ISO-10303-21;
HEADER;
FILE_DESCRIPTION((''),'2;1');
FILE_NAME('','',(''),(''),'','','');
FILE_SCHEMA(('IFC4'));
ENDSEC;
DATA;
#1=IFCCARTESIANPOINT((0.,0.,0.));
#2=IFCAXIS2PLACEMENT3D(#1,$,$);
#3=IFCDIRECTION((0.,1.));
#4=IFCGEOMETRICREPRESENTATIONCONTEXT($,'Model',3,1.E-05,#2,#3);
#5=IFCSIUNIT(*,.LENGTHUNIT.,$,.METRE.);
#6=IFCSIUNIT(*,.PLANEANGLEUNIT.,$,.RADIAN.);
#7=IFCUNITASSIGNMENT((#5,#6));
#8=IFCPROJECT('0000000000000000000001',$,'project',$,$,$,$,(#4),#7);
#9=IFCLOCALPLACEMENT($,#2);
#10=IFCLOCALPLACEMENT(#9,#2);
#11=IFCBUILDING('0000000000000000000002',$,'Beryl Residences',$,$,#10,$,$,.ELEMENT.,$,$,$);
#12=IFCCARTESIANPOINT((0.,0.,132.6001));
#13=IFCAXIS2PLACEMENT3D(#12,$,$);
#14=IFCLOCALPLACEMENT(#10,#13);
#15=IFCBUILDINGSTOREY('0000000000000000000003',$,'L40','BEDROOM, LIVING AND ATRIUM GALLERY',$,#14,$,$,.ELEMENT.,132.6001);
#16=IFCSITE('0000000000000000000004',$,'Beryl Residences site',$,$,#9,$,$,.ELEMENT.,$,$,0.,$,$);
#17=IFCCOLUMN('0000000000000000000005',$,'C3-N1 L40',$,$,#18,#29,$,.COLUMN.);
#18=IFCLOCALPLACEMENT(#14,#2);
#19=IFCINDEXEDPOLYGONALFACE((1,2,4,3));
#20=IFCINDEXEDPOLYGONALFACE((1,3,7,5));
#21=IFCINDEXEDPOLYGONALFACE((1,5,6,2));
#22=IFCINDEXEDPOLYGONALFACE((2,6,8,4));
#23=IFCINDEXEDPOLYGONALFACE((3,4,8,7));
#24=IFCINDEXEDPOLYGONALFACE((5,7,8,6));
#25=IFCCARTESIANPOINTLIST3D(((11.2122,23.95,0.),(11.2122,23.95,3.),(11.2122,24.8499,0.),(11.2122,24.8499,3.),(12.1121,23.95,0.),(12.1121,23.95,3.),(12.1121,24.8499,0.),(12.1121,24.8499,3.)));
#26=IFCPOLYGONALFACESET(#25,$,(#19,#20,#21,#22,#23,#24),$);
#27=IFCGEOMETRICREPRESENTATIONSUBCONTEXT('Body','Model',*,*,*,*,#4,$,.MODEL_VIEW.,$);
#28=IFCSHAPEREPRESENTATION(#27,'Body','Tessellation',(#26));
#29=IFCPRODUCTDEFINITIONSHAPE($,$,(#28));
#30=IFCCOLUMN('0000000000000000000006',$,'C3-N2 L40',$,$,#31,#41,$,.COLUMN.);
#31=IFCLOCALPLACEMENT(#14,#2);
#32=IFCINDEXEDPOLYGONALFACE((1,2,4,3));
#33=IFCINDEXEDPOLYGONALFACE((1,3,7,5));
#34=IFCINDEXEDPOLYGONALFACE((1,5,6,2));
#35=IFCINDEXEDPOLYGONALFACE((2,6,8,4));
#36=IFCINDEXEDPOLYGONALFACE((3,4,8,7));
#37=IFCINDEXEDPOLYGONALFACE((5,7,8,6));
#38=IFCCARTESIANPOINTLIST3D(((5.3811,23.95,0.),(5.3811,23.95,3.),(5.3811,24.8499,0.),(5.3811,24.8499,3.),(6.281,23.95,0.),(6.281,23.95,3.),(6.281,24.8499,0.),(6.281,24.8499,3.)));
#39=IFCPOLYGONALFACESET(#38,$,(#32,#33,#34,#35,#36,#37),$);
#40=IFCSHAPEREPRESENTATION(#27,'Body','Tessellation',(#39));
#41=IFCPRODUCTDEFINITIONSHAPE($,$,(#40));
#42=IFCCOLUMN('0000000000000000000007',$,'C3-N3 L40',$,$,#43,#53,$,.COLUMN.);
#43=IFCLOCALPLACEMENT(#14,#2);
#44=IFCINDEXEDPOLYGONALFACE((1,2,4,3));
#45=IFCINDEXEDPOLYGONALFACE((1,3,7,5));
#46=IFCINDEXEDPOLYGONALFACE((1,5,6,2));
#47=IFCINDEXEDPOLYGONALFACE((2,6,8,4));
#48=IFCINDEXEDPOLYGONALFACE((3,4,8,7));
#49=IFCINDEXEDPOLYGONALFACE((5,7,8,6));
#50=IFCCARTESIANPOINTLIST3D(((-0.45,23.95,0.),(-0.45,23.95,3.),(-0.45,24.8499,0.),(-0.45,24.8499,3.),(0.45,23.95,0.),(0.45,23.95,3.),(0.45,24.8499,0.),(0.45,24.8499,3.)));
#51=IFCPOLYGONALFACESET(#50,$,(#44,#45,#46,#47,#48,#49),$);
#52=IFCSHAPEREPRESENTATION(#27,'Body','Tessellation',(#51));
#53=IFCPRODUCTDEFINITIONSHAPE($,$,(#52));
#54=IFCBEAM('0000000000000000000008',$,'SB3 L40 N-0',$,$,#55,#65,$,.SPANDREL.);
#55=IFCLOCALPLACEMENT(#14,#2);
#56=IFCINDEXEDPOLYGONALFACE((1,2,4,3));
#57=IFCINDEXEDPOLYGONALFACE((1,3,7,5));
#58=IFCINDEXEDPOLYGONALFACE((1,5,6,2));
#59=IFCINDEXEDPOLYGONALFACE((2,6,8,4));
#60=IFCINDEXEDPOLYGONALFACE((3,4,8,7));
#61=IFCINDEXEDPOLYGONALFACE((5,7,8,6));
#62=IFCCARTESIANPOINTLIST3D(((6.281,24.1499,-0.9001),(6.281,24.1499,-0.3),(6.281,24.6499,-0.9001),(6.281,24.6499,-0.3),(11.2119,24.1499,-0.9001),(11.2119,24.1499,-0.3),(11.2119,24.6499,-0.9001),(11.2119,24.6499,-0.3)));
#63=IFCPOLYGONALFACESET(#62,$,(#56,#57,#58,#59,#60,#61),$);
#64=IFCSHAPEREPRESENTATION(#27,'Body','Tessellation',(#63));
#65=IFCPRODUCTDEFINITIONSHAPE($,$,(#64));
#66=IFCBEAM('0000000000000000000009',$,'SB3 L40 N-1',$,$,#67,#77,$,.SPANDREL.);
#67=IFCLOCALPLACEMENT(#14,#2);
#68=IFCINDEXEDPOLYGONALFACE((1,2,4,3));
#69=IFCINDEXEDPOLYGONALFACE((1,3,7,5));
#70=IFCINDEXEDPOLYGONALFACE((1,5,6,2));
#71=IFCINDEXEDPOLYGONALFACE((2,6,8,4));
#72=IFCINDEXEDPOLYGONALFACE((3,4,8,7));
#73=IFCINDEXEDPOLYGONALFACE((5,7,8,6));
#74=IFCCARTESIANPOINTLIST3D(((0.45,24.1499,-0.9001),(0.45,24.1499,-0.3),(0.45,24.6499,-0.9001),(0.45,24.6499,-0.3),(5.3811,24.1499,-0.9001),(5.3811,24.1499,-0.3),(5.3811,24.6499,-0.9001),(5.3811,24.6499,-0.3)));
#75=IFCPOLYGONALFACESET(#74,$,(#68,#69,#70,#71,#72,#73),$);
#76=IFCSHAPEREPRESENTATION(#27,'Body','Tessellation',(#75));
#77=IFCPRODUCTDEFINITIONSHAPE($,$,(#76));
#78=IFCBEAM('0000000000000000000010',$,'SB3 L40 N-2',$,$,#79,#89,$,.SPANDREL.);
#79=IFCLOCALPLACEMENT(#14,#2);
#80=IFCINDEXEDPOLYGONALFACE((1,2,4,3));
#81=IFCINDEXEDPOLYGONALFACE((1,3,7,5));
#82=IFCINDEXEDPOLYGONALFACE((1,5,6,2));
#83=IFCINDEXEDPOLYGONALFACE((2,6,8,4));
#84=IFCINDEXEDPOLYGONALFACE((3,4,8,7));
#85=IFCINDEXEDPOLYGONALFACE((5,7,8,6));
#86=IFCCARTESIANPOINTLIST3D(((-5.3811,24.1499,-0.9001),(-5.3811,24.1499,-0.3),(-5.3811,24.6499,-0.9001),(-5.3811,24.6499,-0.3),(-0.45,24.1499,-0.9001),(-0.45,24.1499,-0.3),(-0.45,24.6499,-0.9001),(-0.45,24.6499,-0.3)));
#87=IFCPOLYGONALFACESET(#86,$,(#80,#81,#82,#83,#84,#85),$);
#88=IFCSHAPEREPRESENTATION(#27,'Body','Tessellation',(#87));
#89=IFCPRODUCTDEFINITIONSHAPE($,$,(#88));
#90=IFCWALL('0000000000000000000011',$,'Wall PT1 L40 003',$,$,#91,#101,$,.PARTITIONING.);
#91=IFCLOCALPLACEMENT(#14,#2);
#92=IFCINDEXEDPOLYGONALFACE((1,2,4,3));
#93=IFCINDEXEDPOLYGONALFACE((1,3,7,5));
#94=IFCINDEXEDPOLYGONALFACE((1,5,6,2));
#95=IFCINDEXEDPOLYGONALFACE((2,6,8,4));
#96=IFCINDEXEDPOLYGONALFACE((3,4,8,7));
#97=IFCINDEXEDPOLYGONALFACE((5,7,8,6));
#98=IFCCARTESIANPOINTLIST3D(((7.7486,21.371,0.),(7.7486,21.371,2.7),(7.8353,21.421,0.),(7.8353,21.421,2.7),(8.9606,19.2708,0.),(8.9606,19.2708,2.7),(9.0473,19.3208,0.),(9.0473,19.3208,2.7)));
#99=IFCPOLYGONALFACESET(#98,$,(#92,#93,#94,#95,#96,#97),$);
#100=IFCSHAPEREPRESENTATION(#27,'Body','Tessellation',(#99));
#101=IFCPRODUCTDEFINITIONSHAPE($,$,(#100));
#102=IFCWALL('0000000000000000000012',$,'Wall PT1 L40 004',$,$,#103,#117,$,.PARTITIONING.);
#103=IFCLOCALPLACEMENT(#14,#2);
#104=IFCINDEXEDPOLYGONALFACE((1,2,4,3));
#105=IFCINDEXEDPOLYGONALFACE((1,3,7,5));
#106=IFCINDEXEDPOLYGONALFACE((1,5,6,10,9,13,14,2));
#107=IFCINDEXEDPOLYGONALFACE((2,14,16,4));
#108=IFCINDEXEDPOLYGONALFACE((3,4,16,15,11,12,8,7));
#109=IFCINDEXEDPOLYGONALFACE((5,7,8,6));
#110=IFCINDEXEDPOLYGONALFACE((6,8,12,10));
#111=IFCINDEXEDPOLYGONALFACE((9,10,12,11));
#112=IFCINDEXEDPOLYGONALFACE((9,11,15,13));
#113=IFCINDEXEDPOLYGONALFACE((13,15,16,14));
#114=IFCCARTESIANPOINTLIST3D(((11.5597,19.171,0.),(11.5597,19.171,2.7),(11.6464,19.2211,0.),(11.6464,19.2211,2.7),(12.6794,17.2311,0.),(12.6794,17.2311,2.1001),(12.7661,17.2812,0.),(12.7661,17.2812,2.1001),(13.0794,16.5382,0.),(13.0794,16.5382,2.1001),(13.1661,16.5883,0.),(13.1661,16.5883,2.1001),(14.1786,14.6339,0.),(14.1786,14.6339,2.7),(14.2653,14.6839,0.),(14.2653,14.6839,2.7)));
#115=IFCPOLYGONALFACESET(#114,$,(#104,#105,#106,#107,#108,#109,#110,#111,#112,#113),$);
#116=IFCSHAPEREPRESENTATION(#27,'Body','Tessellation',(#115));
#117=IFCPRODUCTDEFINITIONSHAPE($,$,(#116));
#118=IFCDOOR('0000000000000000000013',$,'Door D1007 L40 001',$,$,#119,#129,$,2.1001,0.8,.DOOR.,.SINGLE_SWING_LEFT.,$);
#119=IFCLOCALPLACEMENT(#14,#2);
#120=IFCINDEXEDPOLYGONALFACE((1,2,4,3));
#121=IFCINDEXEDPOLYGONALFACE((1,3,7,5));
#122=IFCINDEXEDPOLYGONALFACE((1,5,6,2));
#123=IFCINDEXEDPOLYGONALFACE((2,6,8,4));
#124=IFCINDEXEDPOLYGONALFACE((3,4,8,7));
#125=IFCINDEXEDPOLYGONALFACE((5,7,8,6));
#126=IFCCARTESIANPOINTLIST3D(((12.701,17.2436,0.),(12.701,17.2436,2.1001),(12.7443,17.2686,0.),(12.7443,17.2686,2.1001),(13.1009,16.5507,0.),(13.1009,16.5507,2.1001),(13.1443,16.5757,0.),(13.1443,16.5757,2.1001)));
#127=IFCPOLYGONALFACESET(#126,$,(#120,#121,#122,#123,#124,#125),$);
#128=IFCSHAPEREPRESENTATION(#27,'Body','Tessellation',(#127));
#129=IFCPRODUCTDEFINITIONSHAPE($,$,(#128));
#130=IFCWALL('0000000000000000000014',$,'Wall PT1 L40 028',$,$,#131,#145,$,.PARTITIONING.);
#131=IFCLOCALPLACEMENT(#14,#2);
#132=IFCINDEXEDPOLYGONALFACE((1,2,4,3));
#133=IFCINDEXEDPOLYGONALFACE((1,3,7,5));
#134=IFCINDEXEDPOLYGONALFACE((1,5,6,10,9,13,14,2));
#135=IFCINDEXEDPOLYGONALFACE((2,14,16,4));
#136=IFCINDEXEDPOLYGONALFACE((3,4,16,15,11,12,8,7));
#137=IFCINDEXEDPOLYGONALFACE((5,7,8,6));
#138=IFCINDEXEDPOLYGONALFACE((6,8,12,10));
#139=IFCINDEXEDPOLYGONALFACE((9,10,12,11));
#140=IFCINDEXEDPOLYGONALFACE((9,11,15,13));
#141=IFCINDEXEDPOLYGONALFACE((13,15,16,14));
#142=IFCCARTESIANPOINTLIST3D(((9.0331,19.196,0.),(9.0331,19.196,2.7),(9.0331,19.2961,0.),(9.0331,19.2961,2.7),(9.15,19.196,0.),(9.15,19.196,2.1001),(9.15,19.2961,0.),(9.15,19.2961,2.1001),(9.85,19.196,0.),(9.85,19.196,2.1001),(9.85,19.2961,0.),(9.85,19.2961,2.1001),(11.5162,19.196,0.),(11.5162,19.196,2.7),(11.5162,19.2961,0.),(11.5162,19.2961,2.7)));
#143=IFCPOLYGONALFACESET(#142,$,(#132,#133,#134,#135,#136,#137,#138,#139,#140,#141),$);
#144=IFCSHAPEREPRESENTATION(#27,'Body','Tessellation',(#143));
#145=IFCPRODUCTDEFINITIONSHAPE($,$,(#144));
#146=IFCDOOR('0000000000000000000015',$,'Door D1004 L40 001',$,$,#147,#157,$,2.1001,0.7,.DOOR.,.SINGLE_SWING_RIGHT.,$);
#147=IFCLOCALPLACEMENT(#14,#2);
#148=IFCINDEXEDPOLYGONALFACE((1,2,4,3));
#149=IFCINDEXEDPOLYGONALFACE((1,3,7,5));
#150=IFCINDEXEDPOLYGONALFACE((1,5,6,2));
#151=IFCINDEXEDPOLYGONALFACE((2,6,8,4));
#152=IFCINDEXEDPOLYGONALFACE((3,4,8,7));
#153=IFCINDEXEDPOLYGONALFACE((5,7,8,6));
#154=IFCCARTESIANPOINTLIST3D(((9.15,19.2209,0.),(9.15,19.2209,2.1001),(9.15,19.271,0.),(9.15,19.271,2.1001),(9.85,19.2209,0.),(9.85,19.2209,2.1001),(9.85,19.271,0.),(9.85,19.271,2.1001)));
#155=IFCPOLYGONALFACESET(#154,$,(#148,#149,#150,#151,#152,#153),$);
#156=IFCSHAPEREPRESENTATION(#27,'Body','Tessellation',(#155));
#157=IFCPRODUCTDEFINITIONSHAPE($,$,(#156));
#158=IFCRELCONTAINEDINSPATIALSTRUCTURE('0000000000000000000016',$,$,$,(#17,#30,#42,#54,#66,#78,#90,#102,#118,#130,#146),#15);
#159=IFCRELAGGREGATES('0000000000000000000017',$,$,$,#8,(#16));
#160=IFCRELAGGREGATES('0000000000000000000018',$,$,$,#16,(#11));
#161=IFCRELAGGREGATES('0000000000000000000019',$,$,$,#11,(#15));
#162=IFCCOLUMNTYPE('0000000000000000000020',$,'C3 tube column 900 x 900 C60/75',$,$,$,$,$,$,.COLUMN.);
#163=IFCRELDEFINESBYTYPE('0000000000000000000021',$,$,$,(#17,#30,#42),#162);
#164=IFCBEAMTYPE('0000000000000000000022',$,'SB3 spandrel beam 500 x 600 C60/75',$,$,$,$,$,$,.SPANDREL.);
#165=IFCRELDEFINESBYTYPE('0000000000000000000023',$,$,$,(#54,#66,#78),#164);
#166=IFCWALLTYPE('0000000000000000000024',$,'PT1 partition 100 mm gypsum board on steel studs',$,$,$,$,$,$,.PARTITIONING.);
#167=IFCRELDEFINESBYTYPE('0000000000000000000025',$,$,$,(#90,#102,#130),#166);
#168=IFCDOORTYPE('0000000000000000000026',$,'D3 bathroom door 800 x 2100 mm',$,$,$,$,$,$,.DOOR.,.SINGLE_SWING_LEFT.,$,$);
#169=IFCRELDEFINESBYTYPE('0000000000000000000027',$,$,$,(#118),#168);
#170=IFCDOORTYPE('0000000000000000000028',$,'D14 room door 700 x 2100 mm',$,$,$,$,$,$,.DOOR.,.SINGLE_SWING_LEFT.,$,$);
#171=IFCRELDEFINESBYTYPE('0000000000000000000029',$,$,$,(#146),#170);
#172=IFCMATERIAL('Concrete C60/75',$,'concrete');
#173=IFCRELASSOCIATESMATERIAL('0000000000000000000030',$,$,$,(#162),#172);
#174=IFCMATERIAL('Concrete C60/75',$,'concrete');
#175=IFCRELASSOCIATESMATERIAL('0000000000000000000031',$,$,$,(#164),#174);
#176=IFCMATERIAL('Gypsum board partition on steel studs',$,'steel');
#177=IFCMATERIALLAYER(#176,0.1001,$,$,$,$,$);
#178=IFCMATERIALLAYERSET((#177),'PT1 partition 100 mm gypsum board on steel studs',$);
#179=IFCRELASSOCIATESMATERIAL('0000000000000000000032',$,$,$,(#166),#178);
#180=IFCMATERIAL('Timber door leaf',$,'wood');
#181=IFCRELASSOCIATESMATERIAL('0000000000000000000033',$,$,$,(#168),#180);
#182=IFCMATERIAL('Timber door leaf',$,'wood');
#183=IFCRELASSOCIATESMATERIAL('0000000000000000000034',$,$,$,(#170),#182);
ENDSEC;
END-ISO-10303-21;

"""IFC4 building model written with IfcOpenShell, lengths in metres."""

from ifc_helpers import new_model, si_unit, direction, frame, frame_2d, origin, origin_2d, place, context, subcontext, project, spatial, rectangle, extrude, material, layer, layer_set, material_profile, profile_set, type_object, element, fill, save


model = new_model("IFC4")

# Units and contexts
model_context = context("Model", 3, precision=1e-05, world=origin(), true_north=direction((0.0, 1.0)))
body_context = subcontext(model_context, "Body", "Model", "MODEL_VIEW")
ifc_project = project(units=[si_unit("LENGTHUNIT", "METRE"), si_unit("PLANEANGLEUNIT", "RADIAN")], contexts=[model_context])

# Site, building, storey
site_placement = place(None, origin())
site = spatial("IfcSite", under=ifc_project, at=site_placement, Name="Beryl Residences site", CompositionType="ELEMENT", RefElevation=0.0)
building_placement = place(site_placement, origin())
building = spatial("IfcBuilding", under=site, at=building_placement, Name="Beryl Residences", CompositionType="ELEMENT")
storey_placement = place(building_placement, frame((0.0, 0.0, 132.6001)))
storey = spatial("IfcBuildingStorey", under=building, at=storey_placement, Name="L40", Description="BEDROOM, LIVING AND ATRIUM GALLERY", CompositionType="ELEMENT", Elevation=132.6001)

# Columns
ifc_material_1 = material(Name="Concrete C60/75", Category="concrete")
ifc_material_profile_1 = material_profile(ifc_material_1, rectangle(XDim=0.8999, YDim=0.8999, at=origin_2d()))
ifc_profile_set_1 = profile_set([ifc_material_profile_1], Name="Concrete C60/75")
column_type = type_object("IfcColumnType", Name="C3 tube column 900 x 900 C60/75", PredefinedType="COLUMN", material=ifc_profile_set_1)
for number, where, z_axis, x_axis, name in (
    (1, (11.6621, 24.3999, 0.0), (0.0, 0.0, 1.0), (-1.0, 0.0, 0.0), "C3-N1 L40"),
    (2, (5.8311, 24.3999, 0.0), (0.0, 0.0, 1.0), (-1.0, 0.0, 0.0), "C3-N2 L40"),
    (3, (0.0, 24.3999, 0.0), (0.0, 0.0, 1.0), (-1.0, 0.0, 0.0), "C3-N3 L40"),
):
    element("IfcColumn", number, at=place(storey_placement, frame(where, z_axis=z_axis, x_axis=x_axis)), inside=storey, type_object=column_type, Name=name, PredefinedType="COLUMN", context=body_context, shape_type="SweptSolid", body=[
        extrude(rectangle(XDim=0.8999, YDim=0.8999, at=origin_2d()), origin(), (0.0, 0.0, 1.0), 3.0),
    ])

# Beams
ifc_material_2 = material(Name="Concrete C60/75", Category="concrete")
ifc_material_profile_2 = material_profile(ifc_material_2, rectangle(XDim=0.5, YDim=0.6001, at=origin_2d()))
ifc_profile_set_2 = profile_set([ifc_material_profile_2], Name="Concrete C60/75")
beam_type = type_object("IfcBeamType", Name="SB3 spandrel beam 500 x 600 C60/75", PredefinedType="SPANDREL", material=ifc_profile_set_2)
beam_placement = place(storey_placement, frame((11.2119, 24.3999, -0.6001), z_axis=(-1.0, 0.0, 0.0), x_axis=(0.0, -1.0, 0.0)))
element("IfcBeam", 4, at=beam_placement, inside=storey, type_object=beam_type, Name="SB3 L40 N-0", PredefinedType="SPANDREL", context=body_context, shape_type="SweptSolid", body=[
    extrude(rectangle(XDim=0.5, YDim=0.6001, at=origin_2d()), origin(), (0.0, 0.0, 1.0), 4.9309),
])
for number, where, z_axis, x_axis, name in (
    (5, (5.3811, 24.3999, -0.6001), (-1.0, 0.0, 0.0), (0.0, -1.0, 0.0), "SB3 L40 N-1"),
    (6, (-0.45, 24.3999, -0.6001), (-1.0, 0.0, 0.0), (0.0, -1.0, 0.0), "SB3 L40 N-2"),
):
    element("IfcBeam", number, at=place(storey_placement, frame(where, z_axis=z_axis, x_axis=x_axis)), inside=storey, type_object=beam_type, Name=name, PredefinedType="SPANDREL", context=body_context, shape_type="SweptSolid", body=[
        extrude(rectangle(XDim=0.5, YDim=0.6001, at=origin_2d()), origin(), (0.0, 0.0, 1.0), 4.9312),
    ])

# Wall
ifc_material_3 = material(Name="Gypsum board partition on steel studs", Category="steel")
ifc_layer_1 = layer(ifc_material_3, 0.1001)
ifc_layer_set_1 = layer_set([ifc_layer_1], Name="PT1 partition 100 mm gypsum board on steel studs")
wall_type_1 = type_object("IfcWallType", Name="PT1 partition 100 mm gypsum board on steel studs", PredefinedType="PARTITIONING", material=ifc_layer_set_1)
wall_1_placement = place(storey_placement, frame((7.792, 21.396, 0.0), z_axis=(0.0, 0.0, 1.0), x_axis=(0.499821, -0.866129, 0.0)))
element("IfcWall", 7, at=wall_1_placement, inside=storey, type_object=wall_type_1, Name="Wall PT1 L40 003", PredefinedType="PARTITIONING", context=body_context, shape_type="SweptSolid", body=[
    extrude(rectangle(XDim=2.4248, YDim=0.1001, at=frame_2d((1.2124, 0.0))), origin(), (0.0, 0.0, 1.0), 2.7),
])

# Walls, openings, doors
wall_2_placement = place(storey_placement, frame((11.603, 19.196, 0.0), z_axis=(0.0, 0.0, 1.0), x_axis=(0.499913, -0.866075, 0.0)))
wall_2 = element("IfcWall", 8, at=wall_2_placement, inside=storey, type_object=wall_type_1, Name="Wall PT1 L40 004", PredefinedType="PARTITIONING", context=body_context, shape_type="SweptSolid", body=[
    extrude(rectangle(XDim=5.2388, YDim=0.1001, at=frame_2d((2.6194, 0.0))), origin(), (0.0, 0.0, 1.0), 2.7),
])
opening_1_placement = place(wall_2_placement, frame((2.24, 0.0, 0.0)))
opening_1 = element("IfcOpeningElement", 9, at=opening_1_placement, cuts=wall_2, PredefinedType="OPENING", context=body_context, shape_type="SweptSolid", body=[
    extrude(rectangle(XDim=0.8, YDim=2.1001, at=frame_2d((0.3999, 1.05))), frame((0.0, 0.0601, 0.0), z_axis=(0.0, -1.0, 0.0), x_axis=(1.0, 0.0, 0.0)), (0.0, 0.0, 1.0), 0.1201),
])
ifc_material_4 = material(Name="Timber door leaf", Category="wood")
door_type_1 = type_object("IfcDoorType", Name="D3 bathroom door 800 x 2100 mm", OperationType="SINGLE_SWING_LEFT", PredefinedType="DOOR", material=ifc_material_4)
door_1_placement = place(opening_1_placement, origin())
door_1 = element("IfcDoor", 10, at=door_1_placement, inside=storey, type_object=door_type_1, Name="Door D1007 L40 001", OperationType="SINGLE_SWING_LEFT", OverallHeight=2.1001, OverallWidth=0.8, PredefinedType="DOOR", context=body_context, shape_type="SweptSolid", body=[
    extrude(rectangle(XDim=0.8, YDim=2.1001, at=frame_2d((0.3999, 1.05))), frame((0.0, 0.0249, 0.0), z_axis=(0.0, -1.0, 0.0), x_axis=(1.0, 0.0, 0.0)), (0.0, 0.0, 1.0), 0.05),
])
fill(opening_1, door_1)
wall_3_placement = place(storey_placement, frame((9.033, 19.2461, 0.0), z_axis=(0.0, 0.0, 1.0), x_axis=(1.0, 0.0, 0.0)))
wall_3 = element("IfcWall", 11, at=wall_3_placement, inside=storey, type_object=wall_type_1, Name="Wall PT1 L40 028", PredefinedType="PARTITIONING", context=body_context, shape_type="SweptSolid", body=[
    extrude(rectangle(XDim=2.4832, YDim=0.1001, at=frame_2d((1.2417, 0.0))), origin(), (0.0, 0.0, 1.0), 2.7),
])
opening_2_placement = place(wall_3_placement, frame((0.1169, 0.0, 0.0)))
opening_2 = element("IfcOpeningElement", 12, at=opening_2_placement, cuts=wall_3, PredefinedType="OPENING", context=body_context, shape_type="SweptSolid", body=[
    extrude(rectangle(XDim=0.7, YDim=2.1001, at=frame_2d((0.3501, 1.05))), frame((0.0, 0.0601, 0.0), z_axis=(0.0, -1.0, 0.0), x_axis=(1.0, 0.0, 0.0)), (0.0, 0.0, 1.0), 0.1201),
])
ifc_material_5 = material(Name="Timber door leaf", Category="wood")
door_type_2 = type_object("IfcDoorType", Name="D14 room door 700 x 2100 mm", OperationType="SINGLE_SWING_LEFT", PredefinedType="DOOR", material=ifc_material_5)
door_2_placement = place(opening_2_placement, origin())
door_2 = element("IfcDoor", 13, at=door_2_placement, inside=storey, type_object=door_type_2, Name="Door D1004 L40 001", OperationType="SINGLE_SWING_RIGHT", OverallHeight=2.1001, OverallWidth=0.7, PredefinedType="DOOR", context=body_context, shape_type="SweptSolid", body=[
    extrude(rectangle(XDim=0.7, YDim=2.1001, at=frame_2d((0.3501, 1.05))), frame((0.0, 0.0249, 0.0), z_axis=(0.0, -1.0, 0.0), x_axis=(1.0, 0.0, 0.0)), (0.0, 0.0, 1.0), 0.05),
])
fill(opening_2, door_2)

save(model, "model.ifc")
